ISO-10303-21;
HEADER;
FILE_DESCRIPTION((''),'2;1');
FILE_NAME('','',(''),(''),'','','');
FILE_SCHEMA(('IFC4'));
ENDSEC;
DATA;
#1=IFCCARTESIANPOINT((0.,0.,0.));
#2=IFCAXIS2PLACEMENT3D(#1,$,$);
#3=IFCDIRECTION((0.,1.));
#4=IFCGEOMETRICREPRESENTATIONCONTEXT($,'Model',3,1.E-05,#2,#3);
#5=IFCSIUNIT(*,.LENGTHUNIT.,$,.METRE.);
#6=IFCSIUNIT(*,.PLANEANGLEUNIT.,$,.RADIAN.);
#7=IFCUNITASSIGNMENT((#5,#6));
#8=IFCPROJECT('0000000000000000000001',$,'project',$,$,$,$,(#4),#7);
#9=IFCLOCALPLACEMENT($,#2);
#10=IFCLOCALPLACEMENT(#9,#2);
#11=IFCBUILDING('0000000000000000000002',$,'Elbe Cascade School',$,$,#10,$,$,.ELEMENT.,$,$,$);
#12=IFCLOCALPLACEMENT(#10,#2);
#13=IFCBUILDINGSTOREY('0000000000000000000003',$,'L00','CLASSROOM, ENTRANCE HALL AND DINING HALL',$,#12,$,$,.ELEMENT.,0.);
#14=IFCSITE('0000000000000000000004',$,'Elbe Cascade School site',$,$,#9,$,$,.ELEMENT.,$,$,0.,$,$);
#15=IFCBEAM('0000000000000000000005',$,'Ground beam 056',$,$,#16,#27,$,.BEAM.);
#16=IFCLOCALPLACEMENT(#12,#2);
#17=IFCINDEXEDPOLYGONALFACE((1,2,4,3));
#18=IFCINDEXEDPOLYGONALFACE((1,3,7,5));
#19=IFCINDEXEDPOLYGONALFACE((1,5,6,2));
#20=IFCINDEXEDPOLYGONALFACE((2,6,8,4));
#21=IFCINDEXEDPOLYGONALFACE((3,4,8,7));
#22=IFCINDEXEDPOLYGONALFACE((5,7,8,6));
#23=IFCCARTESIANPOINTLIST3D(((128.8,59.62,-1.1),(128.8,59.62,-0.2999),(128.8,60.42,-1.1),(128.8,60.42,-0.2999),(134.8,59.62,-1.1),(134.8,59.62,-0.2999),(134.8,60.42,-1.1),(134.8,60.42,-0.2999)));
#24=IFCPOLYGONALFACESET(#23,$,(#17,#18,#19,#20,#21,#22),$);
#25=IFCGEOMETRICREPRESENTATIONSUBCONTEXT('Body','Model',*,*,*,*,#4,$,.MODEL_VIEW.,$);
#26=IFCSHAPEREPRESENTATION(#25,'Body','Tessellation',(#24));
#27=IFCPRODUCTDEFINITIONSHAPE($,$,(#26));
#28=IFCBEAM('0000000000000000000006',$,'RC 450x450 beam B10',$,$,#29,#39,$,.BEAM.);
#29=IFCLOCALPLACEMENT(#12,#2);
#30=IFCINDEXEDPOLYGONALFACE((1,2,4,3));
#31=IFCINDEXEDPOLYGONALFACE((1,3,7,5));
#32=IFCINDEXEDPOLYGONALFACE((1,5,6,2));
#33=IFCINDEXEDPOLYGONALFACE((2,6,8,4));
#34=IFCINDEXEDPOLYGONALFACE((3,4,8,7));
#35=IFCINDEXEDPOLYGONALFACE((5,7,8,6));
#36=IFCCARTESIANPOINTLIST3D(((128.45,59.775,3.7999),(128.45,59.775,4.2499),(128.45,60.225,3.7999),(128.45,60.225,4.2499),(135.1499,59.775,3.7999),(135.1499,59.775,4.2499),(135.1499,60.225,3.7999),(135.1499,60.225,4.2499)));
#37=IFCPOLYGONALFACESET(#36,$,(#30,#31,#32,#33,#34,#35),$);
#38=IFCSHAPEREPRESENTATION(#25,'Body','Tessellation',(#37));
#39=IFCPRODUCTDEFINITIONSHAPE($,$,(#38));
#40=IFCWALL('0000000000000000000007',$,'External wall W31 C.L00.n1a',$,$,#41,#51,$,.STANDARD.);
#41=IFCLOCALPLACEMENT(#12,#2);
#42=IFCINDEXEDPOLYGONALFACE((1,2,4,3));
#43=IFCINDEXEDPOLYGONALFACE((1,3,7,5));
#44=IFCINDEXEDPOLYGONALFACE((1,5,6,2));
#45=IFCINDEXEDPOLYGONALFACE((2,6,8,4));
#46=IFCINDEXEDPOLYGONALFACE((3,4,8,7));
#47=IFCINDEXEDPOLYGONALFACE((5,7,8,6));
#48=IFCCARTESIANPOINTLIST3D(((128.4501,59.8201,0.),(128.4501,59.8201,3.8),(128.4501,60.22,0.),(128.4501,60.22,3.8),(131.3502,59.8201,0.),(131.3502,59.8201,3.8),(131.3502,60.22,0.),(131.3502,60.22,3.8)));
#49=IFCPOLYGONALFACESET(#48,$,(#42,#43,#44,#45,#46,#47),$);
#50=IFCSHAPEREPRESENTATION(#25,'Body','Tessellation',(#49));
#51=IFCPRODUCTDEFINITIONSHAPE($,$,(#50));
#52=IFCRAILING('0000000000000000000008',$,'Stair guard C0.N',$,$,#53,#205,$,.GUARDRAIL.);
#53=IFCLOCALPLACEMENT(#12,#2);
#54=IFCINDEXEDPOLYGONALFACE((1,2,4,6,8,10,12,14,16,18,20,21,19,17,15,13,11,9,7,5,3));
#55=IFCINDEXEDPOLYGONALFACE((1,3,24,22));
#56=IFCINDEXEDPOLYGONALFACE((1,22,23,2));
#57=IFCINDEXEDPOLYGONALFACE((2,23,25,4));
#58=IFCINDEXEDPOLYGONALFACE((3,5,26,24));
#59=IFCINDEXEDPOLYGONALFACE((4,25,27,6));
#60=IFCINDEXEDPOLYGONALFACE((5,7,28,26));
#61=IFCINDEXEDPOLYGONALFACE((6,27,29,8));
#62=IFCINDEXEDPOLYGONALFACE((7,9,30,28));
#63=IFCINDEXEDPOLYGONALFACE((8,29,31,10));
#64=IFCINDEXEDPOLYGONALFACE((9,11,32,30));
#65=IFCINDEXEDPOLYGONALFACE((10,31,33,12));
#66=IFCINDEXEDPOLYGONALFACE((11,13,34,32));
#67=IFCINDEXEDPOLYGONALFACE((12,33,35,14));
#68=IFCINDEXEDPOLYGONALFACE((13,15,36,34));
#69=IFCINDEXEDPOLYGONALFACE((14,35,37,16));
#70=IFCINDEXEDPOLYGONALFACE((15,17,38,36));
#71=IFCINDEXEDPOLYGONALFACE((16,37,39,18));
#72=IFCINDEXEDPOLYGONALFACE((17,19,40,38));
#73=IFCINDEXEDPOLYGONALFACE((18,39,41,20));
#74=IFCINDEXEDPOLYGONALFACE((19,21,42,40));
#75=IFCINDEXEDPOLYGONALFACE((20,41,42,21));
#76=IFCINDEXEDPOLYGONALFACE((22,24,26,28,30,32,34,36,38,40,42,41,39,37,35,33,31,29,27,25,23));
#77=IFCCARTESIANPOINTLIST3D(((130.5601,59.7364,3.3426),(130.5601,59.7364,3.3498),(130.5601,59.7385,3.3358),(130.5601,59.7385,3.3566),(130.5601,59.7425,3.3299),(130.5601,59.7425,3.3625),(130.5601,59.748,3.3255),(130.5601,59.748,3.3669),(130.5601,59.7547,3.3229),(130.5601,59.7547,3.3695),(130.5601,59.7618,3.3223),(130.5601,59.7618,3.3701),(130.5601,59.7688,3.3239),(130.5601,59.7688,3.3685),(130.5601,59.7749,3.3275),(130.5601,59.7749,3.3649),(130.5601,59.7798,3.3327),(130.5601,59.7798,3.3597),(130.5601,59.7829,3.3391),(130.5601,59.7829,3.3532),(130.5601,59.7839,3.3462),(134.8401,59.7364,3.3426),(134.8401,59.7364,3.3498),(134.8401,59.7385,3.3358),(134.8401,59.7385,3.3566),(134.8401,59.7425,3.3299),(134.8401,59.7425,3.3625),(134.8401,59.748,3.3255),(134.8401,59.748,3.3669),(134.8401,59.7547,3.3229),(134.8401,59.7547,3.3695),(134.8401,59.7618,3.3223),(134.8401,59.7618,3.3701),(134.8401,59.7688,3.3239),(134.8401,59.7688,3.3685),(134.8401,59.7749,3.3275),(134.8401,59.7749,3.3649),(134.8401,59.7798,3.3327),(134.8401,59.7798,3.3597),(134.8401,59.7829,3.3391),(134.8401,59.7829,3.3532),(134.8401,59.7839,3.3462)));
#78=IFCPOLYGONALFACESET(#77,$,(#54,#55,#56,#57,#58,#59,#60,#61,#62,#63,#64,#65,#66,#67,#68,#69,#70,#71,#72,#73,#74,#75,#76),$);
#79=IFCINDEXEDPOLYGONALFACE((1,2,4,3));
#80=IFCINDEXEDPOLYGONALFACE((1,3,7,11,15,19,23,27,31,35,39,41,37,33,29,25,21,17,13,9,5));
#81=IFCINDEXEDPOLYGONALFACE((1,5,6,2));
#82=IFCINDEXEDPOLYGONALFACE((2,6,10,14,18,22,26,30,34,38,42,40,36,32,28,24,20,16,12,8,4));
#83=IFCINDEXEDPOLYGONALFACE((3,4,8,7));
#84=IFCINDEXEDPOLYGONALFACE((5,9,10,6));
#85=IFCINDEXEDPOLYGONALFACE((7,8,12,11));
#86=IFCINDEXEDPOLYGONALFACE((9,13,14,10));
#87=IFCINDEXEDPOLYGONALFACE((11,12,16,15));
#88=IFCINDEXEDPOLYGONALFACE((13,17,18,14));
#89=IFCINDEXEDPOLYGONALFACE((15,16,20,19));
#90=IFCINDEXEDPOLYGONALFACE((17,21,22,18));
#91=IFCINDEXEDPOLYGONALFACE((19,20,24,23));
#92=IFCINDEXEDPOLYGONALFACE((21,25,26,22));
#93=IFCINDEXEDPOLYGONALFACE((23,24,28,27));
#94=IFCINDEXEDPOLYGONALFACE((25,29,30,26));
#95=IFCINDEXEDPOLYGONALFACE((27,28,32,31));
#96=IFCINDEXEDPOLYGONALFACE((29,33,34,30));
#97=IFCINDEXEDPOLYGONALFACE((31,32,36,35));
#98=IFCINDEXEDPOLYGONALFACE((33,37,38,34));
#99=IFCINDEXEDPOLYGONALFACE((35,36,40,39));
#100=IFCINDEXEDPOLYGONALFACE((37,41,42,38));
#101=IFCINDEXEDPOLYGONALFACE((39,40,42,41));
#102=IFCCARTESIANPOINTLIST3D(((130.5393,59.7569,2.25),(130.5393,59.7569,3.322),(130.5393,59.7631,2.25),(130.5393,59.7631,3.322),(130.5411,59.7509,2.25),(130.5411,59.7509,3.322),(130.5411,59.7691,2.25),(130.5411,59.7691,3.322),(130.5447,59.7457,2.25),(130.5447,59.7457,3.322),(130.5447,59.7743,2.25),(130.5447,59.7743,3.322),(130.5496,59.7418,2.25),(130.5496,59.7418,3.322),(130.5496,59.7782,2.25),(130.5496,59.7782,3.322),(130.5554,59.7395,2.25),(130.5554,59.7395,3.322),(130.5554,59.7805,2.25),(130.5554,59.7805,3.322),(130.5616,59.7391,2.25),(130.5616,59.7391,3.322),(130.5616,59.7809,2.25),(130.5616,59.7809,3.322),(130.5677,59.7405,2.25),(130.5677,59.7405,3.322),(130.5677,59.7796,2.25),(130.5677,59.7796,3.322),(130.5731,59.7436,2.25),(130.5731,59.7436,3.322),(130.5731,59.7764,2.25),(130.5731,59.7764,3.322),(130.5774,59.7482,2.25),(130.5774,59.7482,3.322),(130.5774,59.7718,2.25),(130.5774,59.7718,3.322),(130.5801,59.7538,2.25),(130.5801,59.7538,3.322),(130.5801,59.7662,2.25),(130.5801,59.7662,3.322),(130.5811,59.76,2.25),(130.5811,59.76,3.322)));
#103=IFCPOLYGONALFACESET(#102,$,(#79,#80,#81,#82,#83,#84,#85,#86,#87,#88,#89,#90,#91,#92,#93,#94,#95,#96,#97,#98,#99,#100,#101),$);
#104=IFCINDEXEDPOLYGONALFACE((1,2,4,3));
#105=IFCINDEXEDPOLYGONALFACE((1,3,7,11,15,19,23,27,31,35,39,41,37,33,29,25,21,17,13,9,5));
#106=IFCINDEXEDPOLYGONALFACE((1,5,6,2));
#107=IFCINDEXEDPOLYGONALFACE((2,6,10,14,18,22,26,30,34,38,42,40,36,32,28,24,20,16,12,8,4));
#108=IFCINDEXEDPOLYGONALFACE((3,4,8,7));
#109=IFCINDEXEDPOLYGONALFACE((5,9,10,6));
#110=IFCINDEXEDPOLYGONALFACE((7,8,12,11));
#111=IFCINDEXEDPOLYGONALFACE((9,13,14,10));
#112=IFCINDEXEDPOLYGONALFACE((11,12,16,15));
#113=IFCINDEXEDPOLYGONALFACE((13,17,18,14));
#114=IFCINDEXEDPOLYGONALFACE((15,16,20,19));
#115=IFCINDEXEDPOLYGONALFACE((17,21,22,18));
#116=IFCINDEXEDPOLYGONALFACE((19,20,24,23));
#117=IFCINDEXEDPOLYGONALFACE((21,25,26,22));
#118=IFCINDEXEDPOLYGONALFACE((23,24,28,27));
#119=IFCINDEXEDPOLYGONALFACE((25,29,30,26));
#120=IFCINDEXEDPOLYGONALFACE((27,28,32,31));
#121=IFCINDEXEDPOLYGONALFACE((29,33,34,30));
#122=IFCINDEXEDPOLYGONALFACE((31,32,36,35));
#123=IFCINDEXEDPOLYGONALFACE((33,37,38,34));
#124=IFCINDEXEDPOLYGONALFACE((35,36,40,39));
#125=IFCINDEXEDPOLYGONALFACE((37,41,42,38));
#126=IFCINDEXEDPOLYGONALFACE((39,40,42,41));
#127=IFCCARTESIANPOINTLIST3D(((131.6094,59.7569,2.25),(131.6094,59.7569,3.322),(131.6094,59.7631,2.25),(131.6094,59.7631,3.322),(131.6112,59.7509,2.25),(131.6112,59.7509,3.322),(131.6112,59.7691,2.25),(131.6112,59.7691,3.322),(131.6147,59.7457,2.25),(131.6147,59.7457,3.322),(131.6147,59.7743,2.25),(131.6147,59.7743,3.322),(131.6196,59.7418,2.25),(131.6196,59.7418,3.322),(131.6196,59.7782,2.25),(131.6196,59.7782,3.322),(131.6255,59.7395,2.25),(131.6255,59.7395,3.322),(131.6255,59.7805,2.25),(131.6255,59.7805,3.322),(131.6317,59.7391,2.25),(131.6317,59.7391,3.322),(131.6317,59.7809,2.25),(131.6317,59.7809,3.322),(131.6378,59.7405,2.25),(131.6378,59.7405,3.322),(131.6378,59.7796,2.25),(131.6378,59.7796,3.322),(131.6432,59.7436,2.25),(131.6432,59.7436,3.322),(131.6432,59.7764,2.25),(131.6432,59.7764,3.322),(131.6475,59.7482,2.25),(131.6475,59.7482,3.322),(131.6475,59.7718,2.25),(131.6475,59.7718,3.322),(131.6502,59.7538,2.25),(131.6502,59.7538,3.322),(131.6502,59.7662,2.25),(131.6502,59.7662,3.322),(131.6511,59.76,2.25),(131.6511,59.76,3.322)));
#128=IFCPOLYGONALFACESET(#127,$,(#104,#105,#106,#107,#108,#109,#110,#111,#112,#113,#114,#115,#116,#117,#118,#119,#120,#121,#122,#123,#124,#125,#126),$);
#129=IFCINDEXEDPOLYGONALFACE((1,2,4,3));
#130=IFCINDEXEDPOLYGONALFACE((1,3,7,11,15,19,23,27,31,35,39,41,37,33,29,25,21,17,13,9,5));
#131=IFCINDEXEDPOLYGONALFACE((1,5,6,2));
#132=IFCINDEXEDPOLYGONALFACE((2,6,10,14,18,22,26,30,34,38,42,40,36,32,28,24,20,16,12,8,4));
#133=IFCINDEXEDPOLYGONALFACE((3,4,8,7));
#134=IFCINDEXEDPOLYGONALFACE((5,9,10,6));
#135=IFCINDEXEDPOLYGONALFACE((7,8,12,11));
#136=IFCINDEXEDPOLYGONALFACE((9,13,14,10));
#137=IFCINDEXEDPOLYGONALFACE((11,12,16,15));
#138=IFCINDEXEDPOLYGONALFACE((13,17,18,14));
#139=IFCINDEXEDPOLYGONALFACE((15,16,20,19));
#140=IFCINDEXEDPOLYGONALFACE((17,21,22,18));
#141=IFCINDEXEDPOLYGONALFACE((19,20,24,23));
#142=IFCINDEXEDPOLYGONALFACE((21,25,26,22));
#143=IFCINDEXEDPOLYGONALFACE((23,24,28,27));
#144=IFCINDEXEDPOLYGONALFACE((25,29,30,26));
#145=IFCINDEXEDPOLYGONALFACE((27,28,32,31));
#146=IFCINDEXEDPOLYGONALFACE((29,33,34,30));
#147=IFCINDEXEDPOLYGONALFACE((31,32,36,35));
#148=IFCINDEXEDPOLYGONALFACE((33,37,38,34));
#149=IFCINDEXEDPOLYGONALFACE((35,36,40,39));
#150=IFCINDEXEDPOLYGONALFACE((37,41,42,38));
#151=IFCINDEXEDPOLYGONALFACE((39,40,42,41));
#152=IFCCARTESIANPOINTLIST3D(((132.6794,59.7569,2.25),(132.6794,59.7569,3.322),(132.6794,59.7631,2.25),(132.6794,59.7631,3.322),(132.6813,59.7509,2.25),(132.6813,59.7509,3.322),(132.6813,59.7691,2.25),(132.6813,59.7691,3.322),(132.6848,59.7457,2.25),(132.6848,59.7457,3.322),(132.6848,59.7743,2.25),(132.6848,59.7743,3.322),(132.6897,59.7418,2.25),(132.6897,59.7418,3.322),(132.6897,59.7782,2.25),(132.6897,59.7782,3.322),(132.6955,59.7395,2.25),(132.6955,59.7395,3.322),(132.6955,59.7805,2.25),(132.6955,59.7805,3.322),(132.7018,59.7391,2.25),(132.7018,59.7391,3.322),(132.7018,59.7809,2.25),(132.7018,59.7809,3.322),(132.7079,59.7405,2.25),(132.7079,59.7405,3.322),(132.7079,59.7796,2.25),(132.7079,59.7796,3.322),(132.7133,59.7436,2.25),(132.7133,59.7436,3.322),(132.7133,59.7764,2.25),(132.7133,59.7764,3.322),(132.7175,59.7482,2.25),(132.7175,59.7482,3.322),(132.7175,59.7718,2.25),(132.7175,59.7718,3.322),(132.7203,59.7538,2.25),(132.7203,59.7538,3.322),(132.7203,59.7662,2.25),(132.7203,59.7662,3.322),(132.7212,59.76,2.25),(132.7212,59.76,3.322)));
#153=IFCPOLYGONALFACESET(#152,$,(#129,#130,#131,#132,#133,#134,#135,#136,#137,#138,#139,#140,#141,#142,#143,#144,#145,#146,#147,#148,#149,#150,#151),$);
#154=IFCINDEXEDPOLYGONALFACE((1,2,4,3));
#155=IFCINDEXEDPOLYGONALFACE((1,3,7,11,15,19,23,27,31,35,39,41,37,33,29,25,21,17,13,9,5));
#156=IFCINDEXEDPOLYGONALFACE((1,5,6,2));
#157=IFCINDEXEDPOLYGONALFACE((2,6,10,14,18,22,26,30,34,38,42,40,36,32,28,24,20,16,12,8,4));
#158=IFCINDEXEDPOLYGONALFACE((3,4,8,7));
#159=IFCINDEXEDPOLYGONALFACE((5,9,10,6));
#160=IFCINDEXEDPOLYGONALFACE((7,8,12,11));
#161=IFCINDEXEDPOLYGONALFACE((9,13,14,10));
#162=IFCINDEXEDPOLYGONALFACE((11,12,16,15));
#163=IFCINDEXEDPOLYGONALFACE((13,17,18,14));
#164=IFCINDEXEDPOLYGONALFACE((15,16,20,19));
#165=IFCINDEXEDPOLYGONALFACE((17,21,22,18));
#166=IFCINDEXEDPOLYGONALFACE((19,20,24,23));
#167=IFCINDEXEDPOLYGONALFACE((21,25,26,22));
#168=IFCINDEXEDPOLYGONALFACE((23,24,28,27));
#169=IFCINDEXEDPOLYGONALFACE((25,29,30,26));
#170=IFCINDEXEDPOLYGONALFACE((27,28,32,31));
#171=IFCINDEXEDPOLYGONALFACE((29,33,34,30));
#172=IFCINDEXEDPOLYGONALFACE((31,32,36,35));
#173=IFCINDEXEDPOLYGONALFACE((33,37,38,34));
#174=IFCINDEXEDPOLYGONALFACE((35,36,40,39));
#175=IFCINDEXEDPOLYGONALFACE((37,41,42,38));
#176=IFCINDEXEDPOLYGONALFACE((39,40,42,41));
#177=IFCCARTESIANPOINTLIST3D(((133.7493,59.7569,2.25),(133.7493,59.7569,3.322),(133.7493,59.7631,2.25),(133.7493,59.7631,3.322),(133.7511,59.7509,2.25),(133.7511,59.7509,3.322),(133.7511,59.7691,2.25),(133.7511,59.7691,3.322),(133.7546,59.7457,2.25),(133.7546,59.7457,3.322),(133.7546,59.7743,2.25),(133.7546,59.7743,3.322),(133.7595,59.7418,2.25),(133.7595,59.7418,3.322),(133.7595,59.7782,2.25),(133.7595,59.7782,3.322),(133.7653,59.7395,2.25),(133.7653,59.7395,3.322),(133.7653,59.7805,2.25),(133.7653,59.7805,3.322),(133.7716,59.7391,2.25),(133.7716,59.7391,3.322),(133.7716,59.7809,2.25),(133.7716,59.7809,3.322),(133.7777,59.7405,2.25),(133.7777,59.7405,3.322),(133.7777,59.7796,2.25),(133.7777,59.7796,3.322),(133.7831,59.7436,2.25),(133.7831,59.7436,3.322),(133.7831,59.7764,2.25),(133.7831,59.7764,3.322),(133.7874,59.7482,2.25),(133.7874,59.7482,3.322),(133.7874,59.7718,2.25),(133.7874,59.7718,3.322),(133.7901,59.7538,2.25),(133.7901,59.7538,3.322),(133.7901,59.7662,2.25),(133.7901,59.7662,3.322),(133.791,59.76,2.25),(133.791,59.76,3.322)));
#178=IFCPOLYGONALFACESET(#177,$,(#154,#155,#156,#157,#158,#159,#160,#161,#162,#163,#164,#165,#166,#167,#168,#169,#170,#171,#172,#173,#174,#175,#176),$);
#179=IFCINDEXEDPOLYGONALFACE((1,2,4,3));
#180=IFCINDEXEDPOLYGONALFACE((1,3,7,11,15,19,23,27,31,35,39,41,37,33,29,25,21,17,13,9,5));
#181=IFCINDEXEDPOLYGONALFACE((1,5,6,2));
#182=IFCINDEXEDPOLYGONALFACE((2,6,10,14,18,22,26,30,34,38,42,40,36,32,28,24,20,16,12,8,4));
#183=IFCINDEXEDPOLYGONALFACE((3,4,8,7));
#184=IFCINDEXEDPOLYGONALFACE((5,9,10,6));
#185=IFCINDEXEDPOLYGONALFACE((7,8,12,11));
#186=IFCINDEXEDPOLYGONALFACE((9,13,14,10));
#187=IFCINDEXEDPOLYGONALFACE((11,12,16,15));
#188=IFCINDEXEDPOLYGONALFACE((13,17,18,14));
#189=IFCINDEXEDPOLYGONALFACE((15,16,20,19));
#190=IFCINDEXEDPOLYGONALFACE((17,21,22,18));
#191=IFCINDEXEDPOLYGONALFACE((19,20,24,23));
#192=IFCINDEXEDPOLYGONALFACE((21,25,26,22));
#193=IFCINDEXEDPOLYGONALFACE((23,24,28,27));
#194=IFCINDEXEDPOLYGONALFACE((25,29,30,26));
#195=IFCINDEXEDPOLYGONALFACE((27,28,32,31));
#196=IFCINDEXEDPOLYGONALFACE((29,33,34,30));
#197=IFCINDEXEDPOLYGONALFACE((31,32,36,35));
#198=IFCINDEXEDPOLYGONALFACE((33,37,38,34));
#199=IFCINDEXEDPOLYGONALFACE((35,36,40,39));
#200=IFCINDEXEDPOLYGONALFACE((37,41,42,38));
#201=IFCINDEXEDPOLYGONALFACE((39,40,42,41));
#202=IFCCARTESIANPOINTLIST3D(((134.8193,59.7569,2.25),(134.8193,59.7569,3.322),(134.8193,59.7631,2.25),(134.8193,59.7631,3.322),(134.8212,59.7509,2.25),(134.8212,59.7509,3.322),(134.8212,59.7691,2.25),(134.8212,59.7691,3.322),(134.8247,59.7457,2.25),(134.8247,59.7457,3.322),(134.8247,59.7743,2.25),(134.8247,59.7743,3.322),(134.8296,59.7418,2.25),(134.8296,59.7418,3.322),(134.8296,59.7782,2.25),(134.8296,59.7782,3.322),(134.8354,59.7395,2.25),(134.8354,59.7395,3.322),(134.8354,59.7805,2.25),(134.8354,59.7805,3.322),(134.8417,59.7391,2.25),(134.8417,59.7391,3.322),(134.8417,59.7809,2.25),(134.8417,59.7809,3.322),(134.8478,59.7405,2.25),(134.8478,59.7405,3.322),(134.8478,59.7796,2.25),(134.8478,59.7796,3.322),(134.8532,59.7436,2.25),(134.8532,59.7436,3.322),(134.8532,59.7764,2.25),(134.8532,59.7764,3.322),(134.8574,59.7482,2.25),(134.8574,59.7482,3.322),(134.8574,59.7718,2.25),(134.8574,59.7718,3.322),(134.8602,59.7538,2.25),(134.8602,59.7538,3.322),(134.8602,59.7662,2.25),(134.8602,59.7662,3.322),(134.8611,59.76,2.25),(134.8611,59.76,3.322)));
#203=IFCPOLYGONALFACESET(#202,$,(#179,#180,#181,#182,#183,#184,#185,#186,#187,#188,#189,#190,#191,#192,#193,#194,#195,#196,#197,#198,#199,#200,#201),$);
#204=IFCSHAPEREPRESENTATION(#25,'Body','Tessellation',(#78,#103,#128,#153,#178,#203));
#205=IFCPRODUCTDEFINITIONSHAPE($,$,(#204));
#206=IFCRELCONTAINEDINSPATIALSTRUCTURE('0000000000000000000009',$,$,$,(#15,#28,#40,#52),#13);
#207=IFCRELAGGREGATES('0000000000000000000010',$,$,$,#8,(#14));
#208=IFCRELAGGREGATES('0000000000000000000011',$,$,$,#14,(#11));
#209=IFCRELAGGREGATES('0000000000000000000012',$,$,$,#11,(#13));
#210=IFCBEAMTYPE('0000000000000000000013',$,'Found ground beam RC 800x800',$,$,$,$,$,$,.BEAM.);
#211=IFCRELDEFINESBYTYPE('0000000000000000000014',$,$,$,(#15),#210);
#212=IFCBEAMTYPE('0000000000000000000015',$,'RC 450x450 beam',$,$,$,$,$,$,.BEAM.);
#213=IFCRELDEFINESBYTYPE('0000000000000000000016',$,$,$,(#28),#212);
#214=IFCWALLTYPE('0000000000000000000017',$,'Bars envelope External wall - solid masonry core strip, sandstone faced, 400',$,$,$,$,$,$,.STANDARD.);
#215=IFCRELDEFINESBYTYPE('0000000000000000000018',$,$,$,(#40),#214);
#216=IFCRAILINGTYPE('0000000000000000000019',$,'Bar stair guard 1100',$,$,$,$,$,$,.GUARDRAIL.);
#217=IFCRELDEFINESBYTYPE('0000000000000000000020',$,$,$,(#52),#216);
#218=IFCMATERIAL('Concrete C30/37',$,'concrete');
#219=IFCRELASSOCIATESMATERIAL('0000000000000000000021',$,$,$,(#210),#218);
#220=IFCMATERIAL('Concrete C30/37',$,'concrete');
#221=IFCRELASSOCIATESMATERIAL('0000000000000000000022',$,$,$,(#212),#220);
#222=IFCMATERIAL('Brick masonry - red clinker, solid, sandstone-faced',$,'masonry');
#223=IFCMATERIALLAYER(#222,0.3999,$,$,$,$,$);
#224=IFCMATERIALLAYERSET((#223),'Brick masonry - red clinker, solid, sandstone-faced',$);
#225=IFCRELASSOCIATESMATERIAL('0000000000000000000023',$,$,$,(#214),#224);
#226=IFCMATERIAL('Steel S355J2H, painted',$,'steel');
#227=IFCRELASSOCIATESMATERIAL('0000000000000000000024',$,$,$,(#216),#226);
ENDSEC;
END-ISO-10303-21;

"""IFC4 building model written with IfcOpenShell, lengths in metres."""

from ifc_helpers import new_model, si_unit, direction, frame, frame_2d, origin, origin_2d, place, context, subcontext, project, spatial, rectangle, circle, extrude, material, layer, layer_set, material_profile, profile_set, type_object, element, save


model = new_model("IFC4")

# Units and contexts
model_context = context("Model", 3, precision=1e-05, world=origin(), true_north=direction((0.0, 1.0)))
body_context = subcontext(model_context, "Body", "Model", "MODEL_VIEW")
ifc_project = project(units=[si_unit("LENGTHUNIT", "METRE"), si_unit("PLANEANGLEUNIT", "RADIAN")], contexts=[model_context])

# Site, building, storey
site_placement = place(None, origin())
site = spatial("IfcSite", under=ifc_project, at=site_placement, Name="Elbe Cascade School site", CompositionType="ELEMENT", RefElevation=0.0)
building_placement = place(site_placement, origin())
building = spatial("IfcBuilding", under=site, at=building_placement, Name="Elbe Cascade School", CompositionType="ELEMENT")
storey_placement = place(building_placement, origin())
storey = spatial("IfcBuildingStorey", under=building, at=storey_placement, Name="L00", Description="CLASSROOM, ENTRANCE HALL AND DINING HALL", CompositionType="ELEMENT", Elevation=0.0)

# Beams
ifc_material_1 = material(Name="Concrete C30/37", Category="concrete")
ifc_material_profile_1 = material_profile(ifc_material_1, rectangle(XDim=0.8, YDim=0.8, at=origin_2d()), Name="RC 800x800")
ifc_profile_set_1 = profile_set([ifc_material_profile_1], Name="Concrete C30/37")
beam_type_1 = type_object("IfcBeamType", Name="Found ground beam RC 800x800", PredefinedType="BEAM", material=ifc_profile_set_1)
beam_1_placement = place(storey_placement, frame((128.8, 60.02, -0.7), z_axis=(1.0, 0.0, 0.0), x_axis=(0.0, 1.0, 0.0)))
element("IfcBeam", 1, at=beam_1_placement, inside=storey, type_object=beam_type_1, Name="Ground beam 056", PredefinedType="BEAM", context=body_context, shape_type="SweptSolid", body=[
    extrude(rectangle(XDim=0.8, YDim=0.8, at=origin_2d()), origin(), (0.0, 0.0, 1.0), 6.0),
])
ifc_material_2 = material(Name="Concrete C30/37", Category="concrete")
ifc_material_profile_2 = material_profile(ifc_material_2, rectangle(XDim=0.45, YDim=0.45, at=origin_2d()), Name="RC 450x450")
ifc_profile_set_2 = profile_set([ifc_material_profile_2], Name="Concrete C30/37")
beam_type_2 = type_object("IfcBeamType", Name="RC 450x450 beam", PredefinedType="BEAM", material=ifc_profile_set_2)
beam_2_placement = place(storey_placement, frame((128.45, 60.0, 4.0249), z_axis=(1.0, 0.0, 0.0), x_axis=(0.0, 1.0, 0.0)))
element("IfcBeam", 2, at=beam_2_placement, inside=storey, type_object=beam_type_2, Name="RC 450x450 beam B10", PredefinedType="BEAM", context=body_context, shape_type="SweptSolid", body=[
    extrude(rectangle(XDim=0.45, YDim=0.45, at=origin_2d()), origin(), (0.0, 0.0, 1.0), 6.7),
])

# Wall
ifc_material_3 = material(Name="Brick masonry - red clinker, solid, sandstone-faced", Category="masonry")
ifc_layer_1 = layer(ifc_material_3, 0.3999)
ifc_layer_set_1 = layer_set([ifc_layer_1], Name="Brick masonry - red clinker, solid, sandstone-faced")
wall_type = type_object("IfcWallType", Name="Bars envelope External wall - solid masonry core strip, sandstone faced, 400", PredefinedType="STANDARD", material=ifc_layer_set_1)
wall_placement = place(storey_placement, frame((128.45, 60.02, 0.0), z_axis=(0.0, 0.0, 1.0), x_axis=(1.0, 0.0, 0.0)))
element("IfcWall", 3, at=wall_placement, inside=storey, type_object=wall_type, Name="External wall W31 C.L00.n1a", PredefinedType="STANDARD", context=body_context, shape_type="SweptSolid", body=[
    extrude(rectangle(XDim=2.9001, YDim=0.3999, at=frame_2d((1.4502, 0.0))), origin(), (0.0, 0.0, 1.0), 3.8),
])

# Railing
ifc_material_4 = material(Name="Steel S355J2H, painted", Category="steel")
railing_type = type_object("IfcRailingType", Name="Bar stair guard 1100", PredefinedType="GUARDRAIL", material=ifc_material_4)
railing_placement = place(storey_placement, frame((130.5601, 59.76, 2.25)))
element("IfcRailing", 4, at=railing_placement, inside=storey, type_object=railing_type, Name="Stair guard C0.N", PredefinedType="GUARDRAIL", context=body_context, shape_type="SweptSolid", body=[
    extrude(circle(Radius=0.0239, at=origin_2d()), frame((0.0, 0.0, 1.0962), z_axis=(1.0, 0.0, 0.0), x_axis=(0.0, 1.0, 0.0)), (0.0, 0.0, 1.0), 4.28),
    extrude(circle(Radius=0.021, at=origin_2d()), origin(), (0.0, 0.0, 1.0), 1.072),
    extrude(circle(Radius=0.021, at=origin_2d()), frame((1.0701, 0.0, 0.0)), (0.0, 0.0, 1.0), 1.072),
    extrude(circle(Radius=0.021, at=origin_2d()), frame((2.1401, 0.0, 0.0)), (0.0, 0.0, 1.0), 1.072),
    extrude(circle(Radius=0.021, at=origin_2d()), frame((3.21, 0.0, 0.0)), (0.0, 0.0, 1.0), 1.072),
    extrude(circle(Radius=0.021, at=origin_2d()), frame((4.28, 0.0, 0.0)), (0.0, 0.0, 1.0), 1.072),
])

save(model, "model.ifc")
